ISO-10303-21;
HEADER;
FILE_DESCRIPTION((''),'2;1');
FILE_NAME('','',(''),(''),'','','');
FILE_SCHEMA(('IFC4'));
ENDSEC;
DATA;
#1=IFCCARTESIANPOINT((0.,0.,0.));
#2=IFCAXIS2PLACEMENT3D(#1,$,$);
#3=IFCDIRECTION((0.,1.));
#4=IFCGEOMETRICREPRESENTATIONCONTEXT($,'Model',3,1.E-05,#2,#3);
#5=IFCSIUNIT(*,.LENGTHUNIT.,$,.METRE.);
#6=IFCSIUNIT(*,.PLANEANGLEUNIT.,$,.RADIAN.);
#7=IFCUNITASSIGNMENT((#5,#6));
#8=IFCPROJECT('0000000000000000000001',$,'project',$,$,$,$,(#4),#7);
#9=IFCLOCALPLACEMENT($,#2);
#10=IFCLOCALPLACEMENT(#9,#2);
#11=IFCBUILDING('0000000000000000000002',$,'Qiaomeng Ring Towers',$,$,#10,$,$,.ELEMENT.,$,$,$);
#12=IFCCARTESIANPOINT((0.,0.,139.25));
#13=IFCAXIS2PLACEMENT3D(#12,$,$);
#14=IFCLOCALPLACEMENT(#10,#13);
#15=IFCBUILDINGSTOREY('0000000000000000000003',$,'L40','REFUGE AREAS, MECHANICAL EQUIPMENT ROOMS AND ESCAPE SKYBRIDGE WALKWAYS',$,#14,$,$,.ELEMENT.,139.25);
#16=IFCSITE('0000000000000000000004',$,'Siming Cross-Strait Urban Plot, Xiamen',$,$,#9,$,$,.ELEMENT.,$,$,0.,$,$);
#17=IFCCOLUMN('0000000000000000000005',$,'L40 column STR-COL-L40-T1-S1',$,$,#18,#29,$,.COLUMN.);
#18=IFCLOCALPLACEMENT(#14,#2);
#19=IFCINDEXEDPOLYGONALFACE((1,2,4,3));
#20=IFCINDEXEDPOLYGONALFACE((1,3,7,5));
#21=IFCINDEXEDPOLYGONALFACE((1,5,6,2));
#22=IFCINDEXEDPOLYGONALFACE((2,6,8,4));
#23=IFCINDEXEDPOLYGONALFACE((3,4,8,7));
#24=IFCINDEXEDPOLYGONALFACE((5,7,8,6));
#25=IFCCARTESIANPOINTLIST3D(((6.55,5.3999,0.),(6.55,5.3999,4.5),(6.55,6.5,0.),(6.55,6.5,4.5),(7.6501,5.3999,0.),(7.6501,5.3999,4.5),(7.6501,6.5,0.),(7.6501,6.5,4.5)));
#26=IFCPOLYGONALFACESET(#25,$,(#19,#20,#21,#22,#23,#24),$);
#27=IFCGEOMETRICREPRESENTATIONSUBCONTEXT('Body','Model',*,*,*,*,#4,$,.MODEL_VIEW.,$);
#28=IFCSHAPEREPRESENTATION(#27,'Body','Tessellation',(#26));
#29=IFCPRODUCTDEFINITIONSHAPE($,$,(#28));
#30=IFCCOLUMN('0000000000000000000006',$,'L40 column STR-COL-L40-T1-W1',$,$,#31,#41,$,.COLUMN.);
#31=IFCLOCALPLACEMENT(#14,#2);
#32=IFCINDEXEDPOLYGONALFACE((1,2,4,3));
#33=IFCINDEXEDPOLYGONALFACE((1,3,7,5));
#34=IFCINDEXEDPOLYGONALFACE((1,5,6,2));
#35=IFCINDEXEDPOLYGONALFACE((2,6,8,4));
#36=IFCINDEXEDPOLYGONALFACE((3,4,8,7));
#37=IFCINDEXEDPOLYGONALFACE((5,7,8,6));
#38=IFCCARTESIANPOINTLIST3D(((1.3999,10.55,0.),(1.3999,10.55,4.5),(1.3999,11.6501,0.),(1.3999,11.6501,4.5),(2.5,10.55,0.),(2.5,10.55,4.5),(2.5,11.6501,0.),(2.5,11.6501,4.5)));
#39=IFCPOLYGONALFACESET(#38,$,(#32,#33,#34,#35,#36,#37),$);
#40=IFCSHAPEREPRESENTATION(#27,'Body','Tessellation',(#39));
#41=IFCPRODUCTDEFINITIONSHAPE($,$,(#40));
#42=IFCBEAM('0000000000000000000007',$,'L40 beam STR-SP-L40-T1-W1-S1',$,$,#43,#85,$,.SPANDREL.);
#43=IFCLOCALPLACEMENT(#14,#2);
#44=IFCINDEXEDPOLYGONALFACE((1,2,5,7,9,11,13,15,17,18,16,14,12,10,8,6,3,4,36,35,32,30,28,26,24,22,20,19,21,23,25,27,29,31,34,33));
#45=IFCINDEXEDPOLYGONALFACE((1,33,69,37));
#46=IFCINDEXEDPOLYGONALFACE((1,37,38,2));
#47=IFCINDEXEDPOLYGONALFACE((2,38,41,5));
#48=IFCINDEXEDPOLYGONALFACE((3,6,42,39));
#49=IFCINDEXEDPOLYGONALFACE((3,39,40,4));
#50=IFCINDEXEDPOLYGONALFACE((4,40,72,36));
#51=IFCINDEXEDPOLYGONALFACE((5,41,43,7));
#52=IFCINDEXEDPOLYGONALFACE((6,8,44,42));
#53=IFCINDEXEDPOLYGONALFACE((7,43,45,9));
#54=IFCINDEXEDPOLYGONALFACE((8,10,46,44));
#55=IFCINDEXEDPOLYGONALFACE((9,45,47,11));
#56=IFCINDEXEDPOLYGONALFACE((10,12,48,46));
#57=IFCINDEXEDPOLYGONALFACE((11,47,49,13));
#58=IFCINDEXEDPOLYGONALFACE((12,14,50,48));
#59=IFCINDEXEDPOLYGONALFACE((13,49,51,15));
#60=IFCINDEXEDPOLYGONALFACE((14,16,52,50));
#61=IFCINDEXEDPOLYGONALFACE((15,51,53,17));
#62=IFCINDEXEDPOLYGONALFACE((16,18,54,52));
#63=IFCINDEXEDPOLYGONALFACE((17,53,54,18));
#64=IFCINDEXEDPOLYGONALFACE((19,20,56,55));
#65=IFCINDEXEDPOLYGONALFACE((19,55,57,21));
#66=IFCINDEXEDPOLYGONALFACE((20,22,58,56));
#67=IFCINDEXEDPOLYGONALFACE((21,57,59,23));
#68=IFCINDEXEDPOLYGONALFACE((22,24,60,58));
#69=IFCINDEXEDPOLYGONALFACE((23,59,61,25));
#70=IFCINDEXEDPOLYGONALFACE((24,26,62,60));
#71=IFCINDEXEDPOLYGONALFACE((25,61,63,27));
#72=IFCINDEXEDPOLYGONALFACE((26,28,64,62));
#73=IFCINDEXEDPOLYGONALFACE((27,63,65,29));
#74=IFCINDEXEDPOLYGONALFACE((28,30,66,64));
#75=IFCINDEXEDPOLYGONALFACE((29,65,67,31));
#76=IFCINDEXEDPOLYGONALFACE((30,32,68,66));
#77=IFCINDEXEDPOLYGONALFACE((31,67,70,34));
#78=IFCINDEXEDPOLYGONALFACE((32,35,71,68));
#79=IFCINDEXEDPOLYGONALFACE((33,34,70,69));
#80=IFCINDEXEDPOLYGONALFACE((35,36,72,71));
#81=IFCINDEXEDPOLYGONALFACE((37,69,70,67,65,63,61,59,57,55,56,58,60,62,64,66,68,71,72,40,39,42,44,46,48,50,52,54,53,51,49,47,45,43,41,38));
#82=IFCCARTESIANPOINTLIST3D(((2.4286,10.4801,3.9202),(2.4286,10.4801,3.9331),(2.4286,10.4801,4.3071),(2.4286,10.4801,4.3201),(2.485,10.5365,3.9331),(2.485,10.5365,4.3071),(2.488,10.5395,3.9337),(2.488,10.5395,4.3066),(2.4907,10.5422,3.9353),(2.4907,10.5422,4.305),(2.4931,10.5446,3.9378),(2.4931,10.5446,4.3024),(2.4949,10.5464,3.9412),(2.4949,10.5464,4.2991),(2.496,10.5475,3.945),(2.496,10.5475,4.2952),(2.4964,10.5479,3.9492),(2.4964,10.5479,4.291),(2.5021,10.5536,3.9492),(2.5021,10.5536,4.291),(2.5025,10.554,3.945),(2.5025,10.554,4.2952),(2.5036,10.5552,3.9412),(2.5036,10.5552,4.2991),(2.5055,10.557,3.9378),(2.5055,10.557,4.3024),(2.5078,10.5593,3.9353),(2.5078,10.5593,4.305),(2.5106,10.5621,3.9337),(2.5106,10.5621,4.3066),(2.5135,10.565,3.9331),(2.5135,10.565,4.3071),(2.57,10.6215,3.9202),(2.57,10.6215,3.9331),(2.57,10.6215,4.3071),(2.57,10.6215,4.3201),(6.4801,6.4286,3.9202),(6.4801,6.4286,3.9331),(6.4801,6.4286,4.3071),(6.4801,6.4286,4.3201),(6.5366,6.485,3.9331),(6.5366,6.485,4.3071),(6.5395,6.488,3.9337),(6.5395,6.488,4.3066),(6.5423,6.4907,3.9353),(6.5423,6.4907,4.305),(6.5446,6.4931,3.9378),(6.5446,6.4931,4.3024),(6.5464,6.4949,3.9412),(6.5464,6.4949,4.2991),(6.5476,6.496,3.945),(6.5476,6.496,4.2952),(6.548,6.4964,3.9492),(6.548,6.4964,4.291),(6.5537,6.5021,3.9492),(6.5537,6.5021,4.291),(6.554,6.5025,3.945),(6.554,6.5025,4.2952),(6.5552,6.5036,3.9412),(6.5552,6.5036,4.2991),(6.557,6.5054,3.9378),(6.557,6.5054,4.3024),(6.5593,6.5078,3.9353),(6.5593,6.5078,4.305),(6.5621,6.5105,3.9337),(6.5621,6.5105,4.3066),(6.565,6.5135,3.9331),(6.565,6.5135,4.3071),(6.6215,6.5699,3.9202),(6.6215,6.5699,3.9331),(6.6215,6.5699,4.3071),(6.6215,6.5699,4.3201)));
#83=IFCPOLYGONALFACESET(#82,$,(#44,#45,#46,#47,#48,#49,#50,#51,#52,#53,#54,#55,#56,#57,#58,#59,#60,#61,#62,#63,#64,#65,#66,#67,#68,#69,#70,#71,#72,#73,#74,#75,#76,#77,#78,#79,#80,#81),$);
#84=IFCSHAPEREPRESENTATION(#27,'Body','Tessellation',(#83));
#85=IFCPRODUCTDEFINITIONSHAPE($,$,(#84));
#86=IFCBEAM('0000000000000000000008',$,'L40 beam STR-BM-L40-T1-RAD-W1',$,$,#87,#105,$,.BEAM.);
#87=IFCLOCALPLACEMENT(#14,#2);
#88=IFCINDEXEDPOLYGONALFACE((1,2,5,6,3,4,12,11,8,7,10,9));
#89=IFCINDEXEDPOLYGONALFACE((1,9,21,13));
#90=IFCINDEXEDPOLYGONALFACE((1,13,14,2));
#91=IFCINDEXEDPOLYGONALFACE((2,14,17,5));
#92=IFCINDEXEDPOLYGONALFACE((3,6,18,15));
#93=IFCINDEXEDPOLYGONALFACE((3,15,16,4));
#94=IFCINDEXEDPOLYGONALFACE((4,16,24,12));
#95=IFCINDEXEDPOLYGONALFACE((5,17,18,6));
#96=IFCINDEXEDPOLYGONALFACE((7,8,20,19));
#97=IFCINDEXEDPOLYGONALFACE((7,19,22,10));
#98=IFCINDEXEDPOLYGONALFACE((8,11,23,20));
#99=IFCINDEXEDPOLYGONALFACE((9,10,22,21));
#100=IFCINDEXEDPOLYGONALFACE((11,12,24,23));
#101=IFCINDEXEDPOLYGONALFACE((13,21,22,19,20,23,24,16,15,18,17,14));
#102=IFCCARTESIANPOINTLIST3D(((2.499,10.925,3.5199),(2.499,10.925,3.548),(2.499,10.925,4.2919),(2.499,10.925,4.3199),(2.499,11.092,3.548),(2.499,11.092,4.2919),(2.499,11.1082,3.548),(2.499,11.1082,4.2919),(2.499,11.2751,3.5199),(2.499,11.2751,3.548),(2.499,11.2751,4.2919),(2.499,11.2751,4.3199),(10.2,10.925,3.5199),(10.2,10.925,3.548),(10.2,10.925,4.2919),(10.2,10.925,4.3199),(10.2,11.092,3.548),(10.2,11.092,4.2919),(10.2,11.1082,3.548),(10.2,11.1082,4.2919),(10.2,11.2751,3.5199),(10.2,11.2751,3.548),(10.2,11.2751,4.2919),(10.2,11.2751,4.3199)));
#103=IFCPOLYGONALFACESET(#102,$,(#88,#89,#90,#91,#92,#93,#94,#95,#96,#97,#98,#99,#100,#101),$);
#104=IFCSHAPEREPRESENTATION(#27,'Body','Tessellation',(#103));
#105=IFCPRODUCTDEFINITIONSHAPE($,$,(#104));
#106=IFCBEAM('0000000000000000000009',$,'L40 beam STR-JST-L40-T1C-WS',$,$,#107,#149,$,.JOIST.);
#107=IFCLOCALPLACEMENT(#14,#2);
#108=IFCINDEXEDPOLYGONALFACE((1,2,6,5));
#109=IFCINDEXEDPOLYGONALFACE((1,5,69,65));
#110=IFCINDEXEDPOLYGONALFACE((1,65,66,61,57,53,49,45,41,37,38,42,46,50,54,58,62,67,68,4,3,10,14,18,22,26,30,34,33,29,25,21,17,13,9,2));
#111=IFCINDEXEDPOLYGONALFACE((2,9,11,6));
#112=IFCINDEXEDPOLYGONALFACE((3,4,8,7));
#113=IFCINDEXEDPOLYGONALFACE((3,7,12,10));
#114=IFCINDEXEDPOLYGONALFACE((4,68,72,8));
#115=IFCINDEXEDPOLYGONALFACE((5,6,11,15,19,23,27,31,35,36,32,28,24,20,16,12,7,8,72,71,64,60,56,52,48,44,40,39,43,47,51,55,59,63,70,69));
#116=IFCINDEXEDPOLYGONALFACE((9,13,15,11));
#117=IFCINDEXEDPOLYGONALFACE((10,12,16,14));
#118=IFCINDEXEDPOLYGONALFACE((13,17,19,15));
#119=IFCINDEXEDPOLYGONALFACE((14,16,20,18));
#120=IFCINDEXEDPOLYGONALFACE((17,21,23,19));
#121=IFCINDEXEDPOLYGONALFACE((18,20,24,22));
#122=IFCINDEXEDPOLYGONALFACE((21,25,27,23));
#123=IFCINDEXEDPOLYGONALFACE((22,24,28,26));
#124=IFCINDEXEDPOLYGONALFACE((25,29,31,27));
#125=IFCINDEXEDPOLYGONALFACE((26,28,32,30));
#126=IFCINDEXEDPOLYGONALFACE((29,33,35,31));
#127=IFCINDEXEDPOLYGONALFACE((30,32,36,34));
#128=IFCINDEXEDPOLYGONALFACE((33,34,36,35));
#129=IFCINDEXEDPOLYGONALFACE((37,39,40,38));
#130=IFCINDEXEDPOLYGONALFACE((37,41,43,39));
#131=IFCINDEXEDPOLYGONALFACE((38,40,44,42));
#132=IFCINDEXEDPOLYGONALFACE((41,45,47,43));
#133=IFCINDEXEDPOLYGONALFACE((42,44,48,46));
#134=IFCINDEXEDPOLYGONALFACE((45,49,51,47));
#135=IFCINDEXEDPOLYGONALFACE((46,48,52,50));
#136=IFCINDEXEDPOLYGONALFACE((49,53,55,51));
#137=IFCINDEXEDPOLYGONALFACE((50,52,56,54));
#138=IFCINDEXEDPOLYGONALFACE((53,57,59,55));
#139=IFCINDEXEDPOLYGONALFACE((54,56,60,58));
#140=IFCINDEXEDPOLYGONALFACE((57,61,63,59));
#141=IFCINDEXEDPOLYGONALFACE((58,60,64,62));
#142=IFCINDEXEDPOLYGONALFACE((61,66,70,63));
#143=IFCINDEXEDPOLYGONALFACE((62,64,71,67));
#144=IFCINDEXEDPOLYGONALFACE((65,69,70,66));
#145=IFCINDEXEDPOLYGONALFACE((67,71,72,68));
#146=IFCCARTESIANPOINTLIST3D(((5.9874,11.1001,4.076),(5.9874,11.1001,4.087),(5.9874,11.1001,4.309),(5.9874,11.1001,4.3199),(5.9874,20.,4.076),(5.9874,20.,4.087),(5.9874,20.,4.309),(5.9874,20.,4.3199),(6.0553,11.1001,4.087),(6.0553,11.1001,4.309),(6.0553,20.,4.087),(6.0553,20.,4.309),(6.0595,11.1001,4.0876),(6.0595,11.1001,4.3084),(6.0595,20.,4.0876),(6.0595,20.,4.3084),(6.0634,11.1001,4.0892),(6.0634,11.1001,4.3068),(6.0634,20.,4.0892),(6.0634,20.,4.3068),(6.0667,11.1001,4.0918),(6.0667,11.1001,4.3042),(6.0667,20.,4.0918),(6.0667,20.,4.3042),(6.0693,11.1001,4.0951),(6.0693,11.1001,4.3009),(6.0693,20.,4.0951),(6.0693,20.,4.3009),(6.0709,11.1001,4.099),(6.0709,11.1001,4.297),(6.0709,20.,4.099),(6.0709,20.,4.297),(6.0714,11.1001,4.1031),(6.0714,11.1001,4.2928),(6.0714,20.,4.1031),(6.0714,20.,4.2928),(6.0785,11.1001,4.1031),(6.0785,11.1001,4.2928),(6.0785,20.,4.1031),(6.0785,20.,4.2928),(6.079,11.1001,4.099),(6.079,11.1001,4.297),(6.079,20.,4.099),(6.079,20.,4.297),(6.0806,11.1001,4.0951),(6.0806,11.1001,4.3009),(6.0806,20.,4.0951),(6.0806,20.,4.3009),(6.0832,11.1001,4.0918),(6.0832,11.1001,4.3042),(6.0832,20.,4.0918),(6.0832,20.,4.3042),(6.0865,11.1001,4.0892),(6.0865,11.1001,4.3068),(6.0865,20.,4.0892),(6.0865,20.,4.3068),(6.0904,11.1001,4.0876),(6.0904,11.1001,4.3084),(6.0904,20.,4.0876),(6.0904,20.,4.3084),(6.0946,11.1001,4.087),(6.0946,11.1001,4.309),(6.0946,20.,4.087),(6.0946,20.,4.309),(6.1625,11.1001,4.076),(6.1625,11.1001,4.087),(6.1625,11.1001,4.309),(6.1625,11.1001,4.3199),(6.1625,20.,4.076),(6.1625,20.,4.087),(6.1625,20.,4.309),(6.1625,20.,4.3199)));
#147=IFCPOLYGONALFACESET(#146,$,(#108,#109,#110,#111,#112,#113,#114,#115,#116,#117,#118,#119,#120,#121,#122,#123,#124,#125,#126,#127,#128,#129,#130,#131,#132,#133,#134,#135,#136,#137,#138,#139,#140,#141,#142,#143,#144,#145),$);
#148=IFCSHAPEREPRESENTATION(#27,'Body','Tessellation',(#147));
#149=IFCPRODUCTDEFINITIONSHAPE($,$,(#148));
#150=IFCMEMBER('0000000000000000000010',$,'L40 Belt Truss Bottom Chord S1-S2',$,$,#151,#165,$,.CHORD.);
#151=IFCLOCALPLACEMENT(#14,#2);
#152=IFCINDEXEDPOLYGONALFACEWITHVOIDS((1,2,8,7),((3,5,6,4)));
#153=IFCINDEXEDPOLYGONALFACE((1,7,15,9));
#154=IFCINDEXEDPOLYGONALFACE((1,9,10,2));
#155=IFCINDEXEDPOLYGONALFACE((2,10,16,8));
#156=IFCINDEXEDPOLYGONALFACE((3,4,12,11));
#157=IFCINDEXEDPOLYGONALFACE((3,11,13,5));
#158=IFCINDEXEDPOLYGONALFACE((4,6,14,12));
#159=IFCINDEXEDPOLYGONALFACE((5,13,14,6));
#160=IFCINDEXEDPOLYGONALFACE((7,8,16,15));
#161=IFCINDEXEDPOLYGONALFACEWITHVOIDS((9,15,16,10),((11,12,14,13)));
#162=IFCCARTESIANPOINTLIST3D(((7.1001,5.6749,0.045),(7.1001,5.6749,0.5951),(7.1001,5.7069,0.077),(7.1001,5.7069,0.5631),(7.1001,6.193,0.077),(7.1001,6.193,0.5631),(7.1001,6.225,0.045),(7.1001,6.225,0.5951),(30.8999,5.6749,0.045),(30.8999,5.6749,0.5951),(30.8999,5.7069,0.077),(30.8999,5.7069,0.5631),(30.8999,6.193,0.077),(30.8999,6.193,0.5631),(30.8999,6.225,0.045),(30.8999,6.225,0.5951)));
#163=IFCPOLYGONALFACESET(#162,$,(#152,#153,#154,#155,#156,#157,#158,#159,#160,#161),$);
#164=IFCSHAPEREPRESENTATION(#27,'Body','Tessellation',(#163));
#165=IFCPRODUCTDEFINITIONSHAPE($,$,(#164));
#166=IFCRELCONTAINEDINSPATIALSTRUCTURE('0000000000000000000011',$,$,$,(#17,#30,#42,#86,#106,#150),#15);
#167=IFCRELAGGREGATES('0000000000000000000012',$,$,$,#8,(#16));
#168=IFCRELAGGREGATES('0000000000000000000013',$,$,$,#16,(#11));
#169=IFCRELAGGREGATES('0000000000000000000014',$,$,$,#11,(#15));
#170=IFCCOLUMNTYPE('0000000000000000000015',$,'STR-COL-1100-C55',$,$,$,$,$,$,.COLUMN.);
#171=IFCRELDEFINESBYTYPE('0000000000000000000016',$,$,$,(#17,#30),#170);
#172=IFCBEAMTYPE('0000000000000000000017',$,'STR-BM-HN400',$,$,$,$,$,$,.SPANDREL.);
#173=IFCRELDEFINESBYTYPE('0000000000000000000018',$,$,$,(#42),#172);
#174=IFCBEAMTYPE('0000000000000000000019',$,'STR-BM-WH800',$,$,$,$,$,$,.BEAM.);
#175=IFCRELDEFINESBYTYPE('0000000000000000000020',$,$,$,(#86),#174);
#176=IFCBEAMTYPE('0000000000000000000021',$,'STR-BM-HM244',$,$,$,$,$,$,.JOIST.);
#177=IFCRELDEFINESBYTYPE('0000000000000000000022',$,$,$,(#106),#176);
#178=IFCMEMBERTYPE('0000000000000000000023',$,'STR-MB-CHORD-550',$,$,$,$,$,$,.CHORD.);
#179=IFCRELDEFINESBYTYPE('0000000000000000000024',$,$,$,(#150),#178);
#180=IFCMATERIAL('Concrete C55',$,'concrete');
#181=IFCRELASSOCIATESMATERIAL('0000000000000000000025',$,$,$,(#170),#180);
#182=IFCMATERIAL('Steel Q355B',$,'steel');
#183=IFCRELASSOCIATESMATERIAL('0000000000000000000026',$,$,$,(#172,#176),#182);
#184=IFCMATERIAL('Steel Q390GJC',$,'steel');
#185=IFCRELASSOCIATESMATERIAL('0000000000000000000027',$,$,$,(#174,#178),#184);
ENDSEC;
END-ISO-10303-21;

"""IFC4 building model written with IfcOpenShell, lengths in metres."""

from ifc_helpers import new_model, si_unit, direction, frame, origin, origin_2d, place, context, subcontext, project, spatial, rectangle, hollow_rectangle, i_section, extrude, source, transform, mapped, material, material_profile, profile_set, type_object, element, save


model = new_model("IFC4")

# Units and contexts
model_context = context("Model", 3, precision=1e-05, world=origin(), true_north=direction((0.0, 1.0)))
body_context = subcontext(model_context, "Body", "Model", "MODEL_VIEW")
ifc_project = project(units=[si_unit("LENGTHUNIT", "METRE"), si_unit("PLANEANGLEUNIT", "RADIAN")], contexts=[model_context])

# Site, building, storey
site_placement = place(None, origin())
site = spatial("IfcSite", under=ifc_project, at=site_placement, Name="Siming Cross-Strait Urban Plot, Xiamen", CompositionType="ELEMENT", RefElevation=0.0)
building_placement = place(site_placement, origin())
building = spatial("IfcBuilding", under=site, at=building_placement, Name="Qiaomeng Ring Towers", CompositionType="ELEMENT")
storey_placement = place(building_placement, frame((0.0, 0.0, 139.25)))
storey = spatial("IfcBuildingStorey", under=building, at=storey_placement, Name="L40", Description="REFUGE AREAS, MECHANICAL EQUIPMENT ROOMS AND ESCAPE SKYBRIDGE WALKWAYS", CompositionType="ELEMENT", Elevation=139.25)

# Columns
ifc_material_1 = material(Name="Concrete C55", Category="concrete")
ifc_material_profile_1 = material_profile(ifc_material_1, rectangle(XDim=1.1001, YDim=1.1001, at=origin_2d()), Name="RC COL 1100x1100")
ifc_profile_set_1 = profile_set([ifc_material_profile_1], Name="Concrete C55")
column_type = type_object("IfcColumnType", Name="STR-COL-1100-C55", PredefinedType="COLUMN", material=ifc_profile_set_1)
shared_shape_1 = source(origin(), body_context, "Body", "SweptSolid", [
    extrude(rectangle(XDim=1.1001, YDim=1.1001, at=origin_2d()), origin(), (0.0, 0.0, 1.0), 4.5),
])
for number, where, z_axis, x_axis, name in (
    (1, (7.1001, 5.95, 0.0), (0.0, 0.0, 1.0), (1.0, 0.0, 0.0), "L40 column STR-COL-L40-T1-S1"),
    (2, (1.95, 11.1001, 0.0), (0.0, 0.0, 1.0), (1.0, 0.0, 0.0), "L40 column STR-COL-L40-T1-W1"),
):
    element("IfcColumn", number, at=place(storey_placement, frame(where, z_axis=z_axis, x_axis=x_axis)), inside=storey, type_object=column_type, Name=name, PredefinedType="COLUMN", context=body_context, shape_type="MappedRepresentation", body=[
        mapped(shared_shape_1, transform((0.0, 0.0, 0.0), x_axis=(1.0, 0.0, 0.0), y_axis=(0.0, 1.0, 0.0), z_axis=(0.0, 0.0, 1.0), scale=1.0)),
    ])

# Beams
ifc_material_2 = material(Name="Steel Q355B", Category="steel")
ifc_material_profile_2 = material_profile(ifc_material_2, i_section(OverallWidth=0.2, OverallDepth=0.3999, WebThickness=0.0081, FlangeThickness=0.0129, FilletRadius=0.0161, at=origin_2d()), Name="HN 400x200x8x13")
ifc_profile_set_2 = profile_set([ifc_material_profile_2], Name="Steel Q355B")
beam_type_1 = type_object("IfcBeamType", Name="STR-BM-HN400", PredefinedType="SPANDREL", material=ifc_profile_set_2)
shared_shape_2 = source(origin(), body_context, "Body", "SweptSolid", [
    extrude(i_section(OverallWidth=0.2, OverallDepth=0.3999, WebThickness=0.0081, FlangeThickness=0.0129, FilletRadius=0.0161, at=origin_2d()), origin(), (0.0, 0.0, 1.0), 5.7297),
])
beam_1_placement = place(storey_placement, frame((2.4993, 10.5508, 4.1201), z_axis=(0.707107, -0.707107, 0.0), x_axis=(0.707107, 0.707107, 0.0)))
element("IfcBeam", 3, at=beam_1_placement, inside=storey, type_object=beam_type_1, Name="L40 beam STR-SP-L40-T1-W1-S1", PredefinedType="SPANDREL", context=body_context, shape_type="MappedRepresentation", body=[
    mapped(shared_shape_2, transform((0.0, 0.0, 0.0), x_axis=(1.0, 0.0, 0.0), y_axis=(0.0, 1.0, 0.0), z_axis=(0.0, 0.0, 1.0), scale=1.0)),
])
ifc_material_3 = material(Name="Steel Q390GJC", Category="steel")
ifc_material_profile_3 = material_profile(ifc_material_3, i_section(OverallWidth=0.3501, OverallDepth=0.8, WebThickness=0.0161, FlangeThickness=0.0281, at=origin_2d()), Name="WH 800x350x16x28")
ifc_profile_set_3 = profile_set([ifc_material_profile_3], Name="Steel Q390GJC")
beam_type_2 = type_object("IfcBeamType", Name="STR-BM-WH800", PredefinedType="BEAM", material=ifc_profile_set_3)
shared_shape_3 = source(origin(), body_context, "Body", "SweptSolid", [
    extrude(i_section(OverallWidth=0.3501, OverallDepth=0.8, WebThickness=0.0161, FlangeThickness=0.0281, at=origin_2d()), origin(), (0.0, 0.0, 1.0), 7.7009),
])
beam_2_placement = place(storey_placement, frame((2.499, 11.1001, 3.9199), z_axis=(1.0, 0.0, 0.0), x_axis=(0.0, 1.0, 0.0)))
element("IfcBeam", 4, at=beam_2_placement, inside=storey, type_object=beam_type_2, Name="L40 beam STR-BM-L40-T1-RAD-W1", PredefinedType="BEAM", context=body_context, shape_type="MappedRepresentation", body=[
    mapped(shared_shape_3, transform((0.0, 0.0, 0.0), x_axis=(1.0, 0.0, 0.0), y_axis=(0.0, 1.0, 0.0), z_axis=(0.0, 0.0, 1.0), scale=1.0)),
])
ifc_material_profile_4 = material_profile(ifc_material_2, i_section(OverallWidth=0.175, OverallDepth=0.2439, WebThickness=0.0071, FlangeThickness=0.011, FilletRadius=0.0161, at=origin_2d()), Name="HM 244x175x7x11")
ifc_profile_set_4 = profile_set([ifc_material_profile_4], Name="Steel Q355B")
beam_type_3 = type_object("IfcBeamType", Name="STR-BM-HM244", PredefinedType="JOIST", material=ifc_profile_set_4)
shared_shape_4 = source(origin(), body_context, "Body", "SweptSolid", [
    extrude(i_section(OverallWidth=0.175, OverallDepth=0.2439, WebThickness=0.0071, FlangeThickness=0.011, FilletRadius=0.0161, at=origin_2d()), origin(), (0.0, 0.0, 1.0), 8.8999),
])
beam_3_placement = place(storey_placement, frame((6.075, 11.1001, 4.198), z_axis=(0.0, 1.0, 0.0), x_axis=(-1.0, 0.0, 0.0)))
element("IfcBeam", 5, at=beam_3_placement, inside=storey, type_object=beam_type_3, Name="L40 beam STR-JST-L40-T1C-WS", PredefinedType="JOIST", context=body_context, shape_type="MappedRepresentation", body=[
    mapped(shared_shape_4, transform((0.0, 0.0, 0.0), x_axis=(1.0, 0.0, 0.0), y_axis=(0.0, 1.0, 0.0), z_axis=(0.0, 0.0, 1.0), scale=1.0)),
])

# Member
ifc_material_profile_5 = material_profile(ifc_material_3, hollow_rectangle(XDim=0.55, YDim=0.55, WallThickness=0.032, at=origin_2d()), Name="SHS 550x550x32")
ifc_profile_set_5 = profile_set([ifc_material_profile_5], Name="Steel Q390GJC")
member_type_1 = type_object("IfcMemberType", Name="STR-MB-CHORD-550", PredefinedType="CHORD", material=ifc_profile_set_5)
shared_shape_5 = source(origin(), body_context, "Body", "SweptSolid", [
    extrude(hollow_rectangle(XDim=0.55, YDim=0.55, WallThickness=0.032, at=origin_2d()), origin(), (0.0, 0.0, 1.0), 23.7998),
])
member_1_placement = place(storey_placement, frame((7.1001, 5.95, 0.3201), z_axis=(1.0, 0.0, 0.0), x_axis=(0.0, 1.0, 0.0)))
element("IfcMember", 6, at=member_1_placement, inside=storey, type_object=member_type_1, Name="L40 Belt Truss Bottom Chord S1-S2", PredefinedType="CHORD", context=body_context, shape_type="MappedRepresentation", body=[
    mapped(shared_shape_5, transform((0.0, 0.0, 0.0), x_axis=(1.0, 0.0, 0.0), y_axis=(0.0, 1.0, 0.0), z_axis=(0.0, 0.0, 1.0), scale=1.0)),
])

save(model, "model.ifc")
